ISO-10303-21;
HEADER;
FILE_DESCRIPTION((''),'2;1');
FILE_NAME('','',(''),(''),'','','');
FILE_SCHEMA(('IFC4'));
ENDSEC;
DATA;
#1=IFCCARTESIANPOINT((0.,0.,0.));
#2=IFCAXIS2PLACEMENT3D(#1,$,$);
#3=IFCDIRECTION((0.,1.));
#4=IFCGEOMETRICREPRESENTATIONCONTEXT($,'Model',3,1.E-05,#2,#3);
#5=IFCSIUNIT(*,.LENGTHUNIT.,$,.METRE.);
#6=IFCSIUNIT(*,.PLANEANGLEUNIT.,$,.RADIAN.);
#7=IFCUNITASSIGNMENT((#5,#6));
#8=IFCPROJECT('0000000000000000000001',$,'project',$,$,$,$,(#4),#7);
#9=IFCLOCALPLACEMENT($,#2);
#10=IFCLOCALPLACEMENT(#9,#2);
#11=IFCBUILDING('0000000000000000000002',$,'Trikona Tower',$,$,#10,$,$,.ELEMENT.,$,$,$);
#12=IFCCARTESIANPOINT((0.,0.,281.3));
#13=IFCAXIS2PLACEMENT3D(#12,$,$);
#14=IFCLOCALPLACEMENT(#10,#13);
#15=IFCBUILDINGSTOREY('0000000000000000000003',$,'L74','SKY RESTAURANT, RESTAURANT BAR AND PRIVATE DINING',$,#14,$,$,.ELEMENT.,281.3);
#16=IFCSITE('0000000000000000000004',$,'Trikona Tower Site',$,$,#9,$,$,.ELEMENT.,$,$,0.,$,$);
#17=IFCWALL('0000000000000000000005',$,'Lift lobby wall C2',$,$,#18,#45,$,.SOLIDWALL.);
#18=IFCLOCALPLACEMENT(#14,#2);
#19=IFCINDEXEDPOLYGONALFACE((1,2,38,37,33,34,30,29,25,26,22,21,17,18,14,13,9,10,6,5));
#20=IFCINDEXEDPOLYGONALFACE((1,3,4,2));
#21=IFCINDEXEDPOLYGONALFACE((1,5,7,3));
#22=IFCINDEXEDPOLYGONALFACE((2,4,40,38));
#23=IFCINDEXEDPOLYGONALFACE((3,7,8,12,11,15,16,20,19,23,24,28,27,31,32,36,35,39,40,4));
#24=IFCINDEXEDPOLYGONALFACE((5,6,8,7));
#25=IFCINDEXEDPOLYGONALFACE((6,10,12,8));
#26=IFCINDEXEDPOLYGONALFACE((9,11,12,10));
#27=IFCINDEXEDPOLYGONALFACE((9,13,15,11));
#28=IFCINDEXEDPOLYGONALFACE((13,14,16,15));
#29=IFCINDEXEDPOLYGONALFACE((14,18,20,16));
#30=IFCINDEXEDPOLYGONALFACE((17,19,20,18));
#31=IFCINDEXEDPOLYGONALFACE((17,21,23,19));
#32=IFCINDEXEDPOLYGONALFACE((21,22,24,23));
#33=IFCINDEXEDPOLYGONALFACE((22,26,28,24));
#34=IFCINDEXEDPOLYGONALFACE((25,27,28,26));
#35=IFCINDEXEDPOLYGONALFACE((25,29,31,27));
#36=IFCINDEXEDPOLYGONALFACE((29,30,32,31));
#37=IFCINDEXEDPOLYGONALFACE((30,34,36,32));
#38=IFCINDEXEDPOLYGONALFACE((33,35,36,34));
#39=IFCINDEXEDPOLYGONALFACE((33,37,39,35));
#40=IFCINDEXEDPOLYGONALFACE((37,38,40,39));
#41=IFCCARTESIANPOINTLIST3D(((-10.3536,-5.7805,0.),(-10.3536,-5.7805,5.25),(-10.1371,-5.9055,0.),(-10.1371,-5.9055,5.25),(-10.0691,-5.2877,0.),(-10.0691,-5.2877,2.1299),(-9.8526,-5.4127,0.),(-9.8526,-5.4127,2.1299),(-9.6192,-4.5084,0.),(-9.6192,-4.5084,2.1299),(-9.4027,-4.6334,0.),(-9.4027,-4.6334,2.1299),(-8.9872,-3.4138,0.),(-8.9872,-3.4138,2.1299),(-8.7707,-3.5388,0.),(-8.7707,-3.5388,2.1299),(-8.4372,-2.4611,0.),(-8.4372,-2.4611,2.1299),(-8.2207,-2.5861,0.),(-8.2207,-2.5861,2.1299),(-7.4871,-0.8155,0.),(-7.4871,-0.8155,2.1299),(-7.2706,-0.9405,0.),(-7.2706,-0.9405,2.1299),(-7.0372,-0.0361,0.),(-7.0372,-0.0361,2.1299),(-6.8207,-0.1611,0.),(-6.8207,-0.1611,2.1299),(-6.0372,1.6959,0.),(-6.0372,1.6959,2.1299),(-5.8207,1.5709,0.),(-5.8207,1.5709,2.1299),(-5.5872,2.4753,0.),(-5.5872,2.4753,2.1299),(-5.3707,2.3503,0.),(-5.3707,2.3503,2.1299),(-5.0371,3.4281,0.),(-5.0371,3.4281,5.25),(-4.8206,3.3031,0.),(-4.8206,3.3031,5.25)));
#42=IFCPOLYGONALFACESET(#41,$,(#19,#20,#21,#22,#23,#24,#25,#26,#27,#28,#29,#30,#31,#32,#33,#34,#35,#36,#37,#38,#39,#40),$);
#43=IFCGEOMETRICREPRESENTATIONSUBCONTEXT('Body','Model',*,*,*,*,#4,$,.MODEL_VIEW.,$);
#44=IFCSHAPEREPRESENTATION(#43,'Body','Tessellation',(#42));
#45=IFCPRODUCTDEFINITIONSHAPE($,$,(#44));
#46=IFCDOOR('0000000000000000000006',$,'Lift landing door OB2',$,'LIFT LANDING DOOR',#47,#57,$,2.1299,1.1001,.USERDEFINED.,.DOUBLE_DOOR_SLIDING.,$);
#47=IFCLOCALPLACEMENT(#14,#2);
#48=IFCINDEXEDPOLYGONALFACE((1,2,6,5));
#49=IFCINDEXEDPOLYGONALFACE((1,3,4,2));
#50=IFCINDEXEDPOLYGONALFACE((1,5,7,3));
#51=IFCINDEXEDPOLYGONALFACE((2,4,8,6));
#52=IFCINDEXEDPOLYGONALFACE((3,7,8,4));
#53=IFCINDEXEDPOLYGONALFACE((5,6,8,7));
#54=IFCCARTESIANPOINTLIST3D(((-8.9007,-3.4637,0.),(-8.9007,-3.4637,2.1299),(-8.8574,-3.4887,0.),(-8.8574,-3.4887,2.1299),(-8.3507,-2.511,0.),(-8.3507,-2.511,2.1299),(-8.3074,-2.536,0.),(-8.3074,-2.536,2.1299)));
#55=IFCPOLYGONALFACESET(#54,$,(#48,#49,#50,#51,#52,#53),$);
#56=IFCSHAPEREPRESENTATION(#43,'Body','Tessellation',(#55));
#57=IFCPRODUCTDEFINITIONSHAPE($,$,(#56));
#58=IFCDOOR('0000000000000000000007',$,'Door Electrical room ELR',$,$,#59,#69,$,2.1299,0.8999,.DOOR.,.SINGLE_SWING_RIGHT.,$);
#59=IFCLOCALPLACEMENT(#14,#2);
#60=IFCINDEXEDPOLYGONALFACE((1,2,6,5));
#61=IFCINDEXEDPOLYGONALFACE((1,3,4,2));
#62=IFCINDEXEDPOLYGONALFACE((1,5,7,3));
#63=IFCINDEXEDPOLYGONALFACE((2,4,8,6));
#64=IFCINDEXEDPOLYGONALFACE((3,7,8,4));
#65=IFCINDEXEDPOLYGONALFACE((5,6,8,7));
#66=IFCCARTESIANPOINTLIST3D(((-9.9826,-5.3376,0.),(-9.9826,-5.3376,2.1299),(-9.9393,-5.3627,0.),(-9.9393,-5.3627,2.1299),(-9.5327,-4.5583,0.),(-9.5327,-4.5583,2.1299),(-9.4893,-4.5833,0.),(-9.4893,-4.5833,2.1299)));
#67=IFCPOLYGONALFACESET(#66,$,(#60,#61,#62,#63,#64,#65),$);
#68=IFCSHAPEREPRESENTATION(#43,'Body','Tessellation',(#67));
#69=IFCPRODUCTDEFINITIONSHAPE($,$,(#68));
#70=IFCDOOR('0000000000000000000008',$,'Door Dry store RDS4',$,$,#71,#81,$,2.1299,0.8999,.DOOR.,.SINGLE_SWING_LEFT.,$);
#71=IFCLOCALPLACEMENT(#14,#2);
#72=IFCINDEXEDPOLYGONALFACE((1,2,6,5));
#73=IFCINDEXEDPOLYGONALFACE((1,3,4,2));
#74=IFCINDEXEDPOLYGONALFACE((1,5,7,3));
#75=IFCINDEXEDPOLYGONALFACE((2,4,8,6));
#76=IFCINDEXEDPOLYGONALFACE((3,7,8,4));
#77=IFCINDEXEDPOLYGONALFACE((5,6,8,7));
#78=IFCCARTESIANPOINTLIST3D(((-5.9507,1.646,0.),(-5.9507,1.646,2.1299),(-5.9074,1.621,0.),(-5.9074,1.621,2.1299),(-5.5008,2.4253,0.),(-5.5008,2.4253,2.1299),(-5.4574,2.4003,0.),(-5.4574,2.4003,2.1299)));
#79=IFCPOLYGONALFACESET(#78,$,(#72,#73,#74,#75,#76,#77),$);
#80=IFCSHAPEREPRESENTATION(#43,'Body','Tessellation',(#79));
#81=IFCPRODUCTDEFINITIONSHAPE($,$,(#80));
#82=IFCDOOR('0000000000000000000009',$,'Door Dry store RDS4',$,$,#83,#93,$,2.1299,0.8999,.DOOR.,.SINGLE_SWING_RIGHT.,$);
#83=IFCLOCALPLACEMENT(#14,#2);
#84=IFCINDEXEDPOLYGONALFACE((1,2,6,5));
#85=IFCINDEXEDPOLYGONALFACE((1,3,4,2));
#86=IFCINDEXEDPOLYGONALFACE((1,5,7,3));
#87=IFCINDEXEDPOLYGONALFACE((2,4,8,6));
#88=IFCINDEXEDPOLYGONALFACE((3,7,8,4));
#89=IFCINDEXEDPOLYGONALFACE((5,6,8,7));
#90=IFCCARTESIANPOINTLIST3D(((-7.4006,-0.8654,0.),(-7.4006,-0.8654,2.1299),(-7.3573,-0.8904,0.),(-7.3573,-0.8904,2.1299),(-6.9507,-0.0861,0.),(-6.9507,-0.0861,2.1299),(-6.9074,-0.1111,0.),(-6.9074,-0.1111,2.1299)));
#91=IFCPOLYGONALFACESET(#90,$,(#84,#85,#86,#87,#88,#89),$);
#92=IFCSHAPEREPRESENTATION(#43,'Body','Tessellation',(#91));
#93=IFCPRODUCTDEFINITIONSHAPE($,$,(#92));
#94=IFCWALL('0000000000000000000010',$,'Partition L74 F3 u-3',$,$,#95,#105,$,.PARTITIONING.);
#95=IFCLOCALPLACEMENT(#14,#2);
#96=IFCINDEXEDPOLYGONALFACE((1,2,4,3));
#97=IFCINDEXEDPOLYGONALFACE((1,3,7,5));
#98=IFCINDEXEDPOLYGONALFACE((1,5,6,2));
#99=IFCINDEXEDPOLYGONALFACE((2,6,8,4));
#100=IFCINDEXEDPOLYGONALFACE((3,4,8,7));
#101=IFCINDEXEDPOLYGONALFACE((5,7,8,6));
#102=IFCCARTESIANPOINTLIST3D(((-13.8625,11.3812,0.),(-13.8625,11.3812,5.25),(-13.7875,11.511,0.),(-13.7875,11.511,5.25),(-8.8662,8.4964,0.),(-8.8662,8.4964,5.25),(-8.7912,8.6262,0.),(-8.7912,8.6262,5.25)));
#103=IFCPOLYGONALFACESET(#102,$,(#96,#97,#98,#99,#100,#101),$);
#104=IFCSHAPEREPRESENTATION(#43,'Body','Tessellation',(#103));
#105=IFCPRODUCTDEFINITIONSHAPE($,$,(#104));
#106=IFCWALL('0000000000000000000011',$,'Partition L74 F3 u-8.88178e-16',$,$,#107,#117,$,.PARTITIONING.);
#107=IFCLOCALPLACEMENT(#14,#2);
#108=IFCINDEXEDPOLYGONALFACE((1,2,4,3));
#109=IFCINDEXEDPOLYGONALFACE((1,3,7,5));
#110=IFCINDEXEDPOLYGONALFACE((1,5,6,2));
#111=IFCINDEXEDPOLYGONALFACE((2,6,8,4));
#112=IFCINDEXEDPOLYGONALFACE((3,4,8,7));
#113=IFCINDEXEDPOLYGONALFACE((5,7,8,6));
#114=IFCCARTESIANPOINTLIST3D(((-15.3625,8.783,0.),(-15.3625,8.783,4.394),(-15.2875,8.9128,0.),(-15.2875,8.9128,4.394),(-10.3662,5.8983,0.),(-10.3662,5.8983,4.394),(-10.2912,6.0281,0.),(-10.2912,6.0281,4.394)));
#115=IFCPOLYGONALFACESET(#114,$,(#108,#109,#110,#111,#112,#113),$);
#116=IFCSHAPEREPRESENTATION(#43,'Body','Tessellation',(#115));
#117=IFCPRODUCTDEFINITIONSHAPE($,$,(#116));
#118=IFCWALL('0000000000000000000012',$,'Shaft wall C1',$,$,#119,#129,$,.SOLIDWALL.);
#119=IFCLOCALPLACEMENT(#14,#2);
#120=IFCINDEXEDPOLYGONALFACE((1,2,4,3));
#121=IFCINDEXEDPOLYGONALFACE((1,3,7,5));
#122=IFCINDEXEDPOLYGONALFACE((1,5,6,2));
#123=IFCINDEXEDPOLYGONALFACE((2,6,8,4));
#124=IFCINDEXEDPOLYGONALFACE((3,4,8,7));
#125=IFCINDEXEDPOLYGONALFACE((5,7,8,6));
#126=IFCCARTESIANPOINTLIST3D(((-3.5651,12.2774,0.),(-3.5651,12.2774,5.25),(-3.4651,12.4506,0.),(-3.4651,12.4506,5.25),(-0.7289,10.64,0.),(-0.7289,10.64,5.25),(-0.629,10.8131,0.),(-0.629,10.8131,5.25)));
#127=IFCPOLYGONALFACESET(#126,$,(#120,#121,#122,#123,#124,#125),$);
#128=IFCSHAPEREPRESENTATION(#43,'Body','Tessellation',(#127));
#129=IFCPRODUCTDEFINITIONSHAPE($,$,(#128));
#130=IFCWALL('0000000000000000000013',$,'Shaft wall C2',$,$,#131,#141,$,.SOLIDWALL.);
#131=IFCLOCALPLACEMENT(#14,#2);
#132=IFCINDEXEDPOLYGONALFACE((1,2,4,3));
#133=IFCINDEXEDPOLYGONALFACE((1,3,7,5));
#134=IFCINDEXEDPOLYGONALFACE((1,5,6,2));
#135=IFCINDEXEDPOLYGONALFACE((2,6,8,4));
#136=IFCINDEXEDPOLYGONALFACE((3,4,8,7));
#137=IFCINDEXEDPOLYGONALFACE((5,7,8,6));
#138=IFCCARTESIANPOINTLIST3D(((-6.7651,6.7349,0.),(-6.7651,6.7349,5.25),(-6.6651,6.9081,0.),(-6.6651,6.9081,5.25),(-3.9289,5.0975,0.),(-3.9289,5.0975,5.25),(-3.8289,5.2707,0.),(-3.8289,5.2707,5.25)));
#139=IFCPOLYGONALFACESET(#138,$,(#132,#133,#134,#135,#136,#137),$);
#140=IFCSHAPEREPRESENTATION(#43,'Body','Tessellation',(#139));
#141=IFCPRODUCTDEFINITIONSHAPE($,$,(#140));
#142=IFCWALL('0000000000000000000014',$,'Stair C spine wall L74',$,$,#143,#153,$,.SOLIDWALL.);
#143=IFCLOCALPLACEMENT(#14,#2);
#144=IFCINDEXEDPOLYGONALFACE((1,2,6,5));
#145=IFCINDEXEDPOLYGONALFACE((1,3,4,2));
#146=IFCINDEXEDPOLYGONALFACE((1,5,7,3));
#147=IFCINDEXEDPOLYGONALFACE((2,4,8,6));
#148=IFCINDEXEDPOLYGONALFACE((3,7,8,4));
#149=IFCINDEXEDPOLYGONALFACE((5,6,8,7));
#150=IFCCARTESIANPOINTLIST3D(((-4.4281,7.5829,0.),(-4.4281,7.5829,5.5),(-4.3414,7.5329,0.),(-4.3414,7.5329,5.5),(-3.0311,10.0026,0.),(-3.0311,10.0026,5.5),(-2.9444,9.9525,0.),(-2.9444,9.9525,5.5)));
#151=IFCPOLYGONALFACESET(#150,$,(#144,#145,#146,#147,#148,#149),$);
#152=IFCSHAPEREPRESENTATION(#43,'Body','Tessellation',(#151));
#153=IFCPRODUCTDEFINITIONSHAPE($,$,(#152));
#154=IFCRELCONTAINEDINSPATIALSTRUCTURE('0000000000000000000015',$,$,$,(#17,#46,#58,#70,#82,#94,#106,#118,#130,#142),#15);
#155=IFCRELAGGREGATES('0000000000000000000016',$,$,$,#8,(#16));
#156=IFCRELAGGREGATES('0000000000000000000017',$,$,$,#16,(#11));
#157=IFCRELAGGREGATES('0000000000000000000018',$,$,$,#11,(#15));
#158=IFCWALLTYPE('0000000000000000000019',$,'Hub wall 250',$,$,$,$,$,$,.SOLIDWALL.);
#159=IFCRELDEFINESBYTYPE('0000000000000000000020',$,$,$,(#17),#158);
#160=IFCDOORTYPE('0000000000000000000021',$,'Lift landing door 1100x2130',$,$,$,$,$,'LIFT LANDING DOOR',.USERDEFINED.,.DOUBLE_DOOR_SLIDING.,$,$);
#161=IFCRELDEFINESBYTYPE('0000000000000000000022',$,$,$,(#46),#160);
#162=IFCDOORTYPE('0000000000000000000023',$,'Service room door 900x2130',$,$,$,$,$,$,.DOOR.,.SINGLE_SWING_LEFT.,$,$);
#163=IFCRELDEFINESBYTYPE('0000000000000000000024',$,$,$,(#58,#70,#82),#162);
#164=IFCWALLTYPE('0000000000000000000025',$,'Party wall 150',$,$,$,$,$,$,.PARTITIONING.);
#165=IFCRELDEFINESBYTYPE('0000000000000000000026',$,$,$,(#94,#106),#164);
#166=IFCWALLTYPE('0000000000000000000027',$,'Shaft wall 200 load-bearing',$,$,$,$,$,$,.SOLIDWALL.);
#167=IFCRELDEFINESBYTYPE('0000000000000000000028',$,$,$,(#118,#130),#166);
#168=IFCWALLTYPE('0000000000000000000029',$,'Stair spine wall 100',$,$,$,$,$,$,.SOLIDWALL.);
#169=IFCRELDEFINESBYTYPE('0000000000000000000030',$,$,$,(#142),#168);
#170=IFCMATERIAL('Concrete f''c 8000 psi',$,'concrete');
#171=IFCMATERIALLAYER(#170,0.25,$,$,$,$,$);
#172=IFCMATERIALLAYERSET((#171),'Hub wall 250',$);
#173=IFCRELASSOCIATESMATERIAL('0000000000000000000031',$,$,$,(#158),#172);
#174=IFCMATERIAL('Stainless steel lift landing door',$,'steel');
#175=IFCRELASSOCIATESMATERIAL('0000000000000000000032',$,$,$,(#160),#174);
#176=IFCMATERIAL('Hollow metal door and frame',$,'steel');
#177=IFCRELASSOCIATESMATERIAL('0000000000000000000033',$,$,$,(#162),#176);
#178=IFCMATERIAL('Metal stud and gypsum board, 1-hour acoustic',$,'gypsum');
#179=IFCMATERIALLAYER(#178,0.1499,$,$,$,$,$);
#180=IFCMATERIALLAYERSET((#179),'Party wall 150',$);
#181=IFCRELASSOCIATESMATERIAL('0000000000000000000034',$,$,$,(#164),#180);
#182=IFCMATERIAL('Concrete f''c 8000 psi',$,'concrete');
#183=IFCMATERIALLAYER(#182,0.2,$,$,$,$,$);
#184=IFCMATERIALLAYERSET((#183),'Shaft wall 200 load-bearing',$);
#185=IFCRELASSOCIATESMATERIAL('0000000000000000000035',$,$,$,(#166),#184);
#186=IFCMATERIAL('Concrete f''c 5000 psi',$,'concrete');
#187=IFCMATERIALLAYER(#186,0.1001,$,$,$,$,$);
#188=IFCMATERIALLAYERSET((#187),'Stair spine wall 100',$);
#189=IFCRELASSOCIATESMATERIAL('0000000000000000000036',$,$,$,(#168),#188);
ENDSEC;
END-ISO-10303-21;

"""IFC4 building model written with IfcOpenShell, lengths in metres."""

from ifc_helpers import new_model, si_unit, direction, frame, frame_2d, origin, place, context, subcontext, project, spatial, rectangle, extrude, material, layer, layer_set, type_object, element, fill, save


model = new_model("IFC4")

# Units and contexts
model_context = context("Model", 3, precision=1e-05, world=origin(), true_north=direction((0.0, 1.0)))
body_context = subcontext(model_context, "Body", "Model", "MODEL_VIEW")
ifc_project = project(units=[si_unit("LENGTHUNIT", "METRE"), si_unit("PLANEANGLEUNIT", "RADIAN")], contexts=[model_context])

# Site, building, storey
site_placement = place(None, origin())
site = spatial("IfcSite", under=ifc_project, at=site_placement, Name="Trikona Tower Site", CompositionType="ELEMENT", RefElevation=0.0)
building_placement = place(site_placement, origin())
building = spatial("IfcBuilding", under=site, at=building_placement, Name="Trikona Tower", CompositionType="ELEMENT")
storey_placement = place(building_placement, frame((0.0, 0.0, 281.3)))
storey = spatial("IfcBuildingStorey", under=building, at=storey_placement, Name="L74", Description="SKY RESTAURANT, RESTAURANT BAR AND PRIVATE DINING", CompositionType="ELEMENT", Elevation=281.3)

# Shared definitions
ifc_material_1 = material(Name="Concrete f'c 8000 psi", Category="concrete")
ifc_layer_1 = layer(ifc_material_1, 0.25)
ifc_layer_set_1 = layer_set([ifc_layer_1], Name="Hub wall 250")
wall_type_1 = type_object("IfcWallType", Name="Hub wall 250", PredefinedType="SOLIDWALL", material=ifc_layer_set_1)

# Wall, openings, doors
wall_1_placement = place(storey_placement, frame((-4.929, 3.3655, 0.0), z_axis=(0.0, 0.0, 1.0), x_axis=(-0.499991, -0.86603, 0.0)))
wall_1 = element("IfcWall", 1, at=wall_1_placement, inside=storey, type_object=wall_type_1, Name="Lift lobby wall C2", PredefinedType="SOLIDWALL", context=body_context, shape_type="SweptSolid", body=[
    extrude(rectangle(XDim=10.6331, YDim=0.25, at=frame_2d((5.3164, 0.0))), origin(), (0.0, 0.0, 1.0), 5.25),
])
opening_1_placement = place(wall_1_placement, frame((9.1641, 0.0, 0.0)))
opening_1 = element("IfcOpeningElement", 2, at=opening_1_placement, cuts=wall_1, PredefinedType="OPENING", context=body_context, shape_type="SweptSolid", body=[
    extrude(rectangle(XDim=0.8999, YDim=2.1299, at=frame_2d((0.45, 1.0649))), frame((0.0, 0.135, 0.0), z_axis=(0.0, -1.0, 0.0), x_axis=(1.0, 0.0, 0.0)), (0.0, 0.0, 1.0), 0.27),
])
opening_2_placement = place(wall_1_placement, frame((1.1001, 0.0, 0.0)))
opening_2 = element("IfcOpeningElement", 3, at=opening_2_placement, cuts=wall_1, PredefinedType="OPENING", context=body_context, shape_type="SweptSolid", body=[
    extrude(rectangle(XDim=0.8999, YDim=2.1299, at=frame_2d((0.45, 1.0649))), frame((0.0, 0.135, 0.0), z_axis=(0.0, -1.0, 0.0), x_axis=(1.0, 0.0, 0.0)), (0.0, 0.0, 1.0), 0.27),
])
opening_3_placement = place(wall_1_placement, frame((4.0, 0.0, 0.0)))
opening_3 = element("IfcOpeningElement", 4, at=opening_3_placement, cuts=wall_1, PredefinedType="OPENING", context=body_context, shape_type="SweptSolid", body=[
    extrude(rectangle(XDim=0.8999, YDim=2.1299, at=frame_2d((0.45, 1.0649))), frame((0.0, 0.135, 0.0), z_axis=(0.0, -1.0, 0.0), x_axis=(1.0, 0.0, 0.0)), (0.0, 0.0, 1.0), 0.27),
])
opening_4_placement = place(wall_1_placement, frame((6.8, 0.0, 0.0)))
opening_4 = element("IfcOpeningElement", 5, at=opening_4_placement, cuts=wall_1, PredefinedType="OPENING", context=body_context, shape_type="SweptSolid", body=[
    extrude(rectangle(XDim=1.1001, YDim=2.1299, at=frame_2d((0.55, 1.0649))), frame((0.0, 0.135, 0.0), z_axis=(0.0, -1.0, 0.0), x_axis=(1.0, 0.0, 0.0)), (0.0, 0.0, 1.0), 0.27),
])
ifc_material_2 = material(Name="Stainless steel lift landing door", Category="steel")
door_type_1 = type_object("IfcDoorType", Name="Lift landing door 1100x2130", ElementType="LIFT LANDING DOOR", OperationType="DOUBLE_DOOR_SLIDING", PredefinedType="USERDEFINED", material=ifc_material_2)
door_1_placement = place(opening_4_placement, origin())
door_1 = element("IfcDoor", 6, at=door_1_placement, inside=storey, type_object=door_type_1, Name="Lift landing door OB2", ObjectType="LIFT LANDING DOOR", OperationType="DOUBLE_DOOR_SLIDING", OverallHeight=2.1299, OverallWidth=1.1001, PredefinedType="USERDEFINED", context=body_context, shape_type="SweptSolid", body=[
    extrude(rectangle(XDim=1.1001, YDim=2.1299, at=frame_2d((0.55, 1.0649))), frame((0.0, 0.0249, 0.0), z_axis=(0.0, -1.0, 0.0), x_axis=(1.0, 0.0, 0.0)), (0.0, 0.0, 1.0), 0.05),
])
fill(opening_4, door_1)
ifc_material_3 = material(Name="Hollow metal door and frame", Category="steel")
door_type_2 = type_object("IfcDoorType", Name="Service room door 900x2130", OperationType="SINGLE_SWING_LEFT", PredefinedType="DOOR", material=ifc_material_3)
door_2_placement = place(opening_1_placement, origin())
door_2 = element("IfcDoor", 7, at=door_2_placement, inside=storey, type_object=door_type_2, Name="Door Electrical room ELR", OperationType="SINGLE_SWING_RIGHT", OverallHeight=2.1299, OverallWidth=0.8999, PredefinedType="DOOR", context=body_context, shape_type="SweptSolid", body=[
    extrude(rectangle(XDim=0.8999, YDim=2.1299, at=frame_2d((0.45, 1.0649))), frame((0.0, 0.0249, 0.0), z_axis=(0.0, -1.0, 0.0), x_axis=(1.0, 0.0, 0.0)), (0.0, 0.0, 1.0), 0.05),
])
fill(opening_1, door_2)
door_3_placement = place(opening_2_placement, origin())
door_3 = element("IfcDoor", 8, at=door_3_placement, inside=storey, type_object=door_type_2, Name="Door Dry store RDS4", OperationType="SINGLE_SWING_LEFT", OverallHeight=2.1299, OverallWidth=0.8999, PredefinedType="DOOR", context=body_context, shape_type="SweptSolid", body=[
    extrude(rectangle(XDim=0.8999, YDim=2.1299, at=frame_2d((0.45, 1.0649))), frame((0.0, 0.0249, 0.0), z_axis=(0.0, -1.0, 0.0), x_axis=(1.0, 0.0, 0.0)), (0.0, 0.0, 1.0), 0.05),
])
fill(opening_2, door_3)
door_4_placement = place(opening_3_placement, origin())
door_4 = element("IfcDoor", 9, at=door_4_placement, inside=storey, type_object=door_type_2, Name="Door Dry store RDS4", OperationType="SINGLE_SWING_RIGHT", OverallHeight=2.1299, OverallWidth=0.8999, PredefinedType="DOOR", context=body_context, shape_type="SweptSolid", body=[
    extrude(rectangle(XDim=0.8999, YDim=2.1299, at=frame_2d((0.45, 1.0649))), frame((0.0, 0.0249, 0.0), z_axis=(0.0, -1.0, 0.0), x_axis=(1.0, 0.0, 0.0)), (0.0, 0.0, 1.0), 0.05),
])
fill(opening_3, door_4)

# Walls
ifc_material_4 = material(Name="Metal stud and gypsum board, 1-hour acoustic", Category="gypsum")
ifc_layer_2 = layer(ifc_material_4, 0.1499)
ifc_layer_set_2 = layer_set([ifc_layer_2], Name="Party wall 150")
wall_type_2 = type_object("IfcWallType", Name="Party wall 150", PredefinedType="PARTITIONING", material=ifc_layer_set_2)
wall_2_placement = place(storey_placement, frame((-8.8286, 8.5613, 0.0), z_axis=(0.0, 0.0, 1.0), x_axis=(-0.866016, 0.500017, 0.0)))
element("IfcWall", 10, at=wall_2_placement, inside=storey, type_object=wall_type_2, Name="Partition L74 F3 u-3", PredefinedType="PARTITIONING", context=body_context, shape_type="SweptSolid", body=[
    extrude(rectangle(XDim=5.7693, YDim=0.1499, at=frame_2d((2.8848, 0.0))), origin(), (0.0, 0.0, 1.0), 5.25),
])
wall_3_placement = place(storey_placement, frame((-10.3286, 5.9631, 0.0), z_axis=(0.0, 0.0, 1.0), x_axis=(-0.866016, 0.500017, 0.0)))
element("IfcWall", 11, at=wall_3_placement, inside=storey, type_object=wall_type_2, Name="Partition L74 F3 u-8.88178e-16", PredefinedType="PARTITIONING", context=body_context, shape_type="SweptSolid", body=[
    extrude(rectangle(XDim=5.7693, YDim=0.1499, at=frame_2d((2.8848, 0.0))), origin(), (0.0, 0.0, 1.0), 4.394),
])
ifc_material_5 = material(Name="Concrete f'c 8000 psi", Category="concrete")
ifc_layer_3 = layer(ifc_material_5, 0.2)
ifc_layer_set_3 = layer_set([ifc_layer_3], Name="Shaft wall 200 load-bearing")
wall_type_3 = type_object("IfcWallType", Name="Shaft wall 200 load-bearing", PredefinedType="SOLIDWALL", material=ifc_layer_set_3)
for number, where, z_axis, x_axis, name in (
    (12, (-0.679, 10.7266, 0.0), (0.0, 0.0, 1.0), (-0.866028, 0.499996, 0.0), "Shaft wall C1"),
    (13, (-3.8789, 5.1841, 0.0), (0.0, 0.0, 1.0), (-0.866028, 0.499996, 0.0), "Shaft wall C2"),
):
    element("IfcWall", number, at=place(storey_placement, frame(where, z_axis=z_axis, x_axis=x_axis)), inside=storey, type_object=wall_type_3, Name=name, PredefinedType="SOLIDWALL", context=body_context, shape_type="SweptSolid", body=[
        extrude(rectangle(XDim=3.2749, YDim=0.2, at=frame_2d((1.6375, 0.0))), origin(), (0.0, 0.0, 1.0), 5.25),
    ])
ifc_material_6 = material(Name="Concrete f'c 5000 psi", Category="concrete")
ifc_layer_4 = layer(ifc_material_6, 0.1001)
ifc_layer_set_4 = layer_set([ifc_layer_4], Name="Stair spine wall 100")
wall_type_4 = type_object("IfcWallType", Name="Stair spine wall 100", PredefinedType="SOLIDWALL", material=ifc_layer_set_4)
wall_4_placement = place(storey_placement, frame((-2.9878, 9.9775, 0.0), z_axis=(0.0, 0.0, 1.0), x_axis=(-0.499992, -0.86603, 0.0)))
element("IfcWall", 14, at=wall_4_placement, inside=storey, type_object=wall_type_4, Name="Stair C spine wall L74", PredefinedType="SOLIDWALL", context=body_context, shape_type="SweptSolid", body=[
    extrude(rectangle(XDim=2.7939, YDim=0.1001, at=frame_2d((1.397, 0.0))), origin(), (0.0, 0.0, 1.0), 5.5),
])

save(model, "model.ifc")
